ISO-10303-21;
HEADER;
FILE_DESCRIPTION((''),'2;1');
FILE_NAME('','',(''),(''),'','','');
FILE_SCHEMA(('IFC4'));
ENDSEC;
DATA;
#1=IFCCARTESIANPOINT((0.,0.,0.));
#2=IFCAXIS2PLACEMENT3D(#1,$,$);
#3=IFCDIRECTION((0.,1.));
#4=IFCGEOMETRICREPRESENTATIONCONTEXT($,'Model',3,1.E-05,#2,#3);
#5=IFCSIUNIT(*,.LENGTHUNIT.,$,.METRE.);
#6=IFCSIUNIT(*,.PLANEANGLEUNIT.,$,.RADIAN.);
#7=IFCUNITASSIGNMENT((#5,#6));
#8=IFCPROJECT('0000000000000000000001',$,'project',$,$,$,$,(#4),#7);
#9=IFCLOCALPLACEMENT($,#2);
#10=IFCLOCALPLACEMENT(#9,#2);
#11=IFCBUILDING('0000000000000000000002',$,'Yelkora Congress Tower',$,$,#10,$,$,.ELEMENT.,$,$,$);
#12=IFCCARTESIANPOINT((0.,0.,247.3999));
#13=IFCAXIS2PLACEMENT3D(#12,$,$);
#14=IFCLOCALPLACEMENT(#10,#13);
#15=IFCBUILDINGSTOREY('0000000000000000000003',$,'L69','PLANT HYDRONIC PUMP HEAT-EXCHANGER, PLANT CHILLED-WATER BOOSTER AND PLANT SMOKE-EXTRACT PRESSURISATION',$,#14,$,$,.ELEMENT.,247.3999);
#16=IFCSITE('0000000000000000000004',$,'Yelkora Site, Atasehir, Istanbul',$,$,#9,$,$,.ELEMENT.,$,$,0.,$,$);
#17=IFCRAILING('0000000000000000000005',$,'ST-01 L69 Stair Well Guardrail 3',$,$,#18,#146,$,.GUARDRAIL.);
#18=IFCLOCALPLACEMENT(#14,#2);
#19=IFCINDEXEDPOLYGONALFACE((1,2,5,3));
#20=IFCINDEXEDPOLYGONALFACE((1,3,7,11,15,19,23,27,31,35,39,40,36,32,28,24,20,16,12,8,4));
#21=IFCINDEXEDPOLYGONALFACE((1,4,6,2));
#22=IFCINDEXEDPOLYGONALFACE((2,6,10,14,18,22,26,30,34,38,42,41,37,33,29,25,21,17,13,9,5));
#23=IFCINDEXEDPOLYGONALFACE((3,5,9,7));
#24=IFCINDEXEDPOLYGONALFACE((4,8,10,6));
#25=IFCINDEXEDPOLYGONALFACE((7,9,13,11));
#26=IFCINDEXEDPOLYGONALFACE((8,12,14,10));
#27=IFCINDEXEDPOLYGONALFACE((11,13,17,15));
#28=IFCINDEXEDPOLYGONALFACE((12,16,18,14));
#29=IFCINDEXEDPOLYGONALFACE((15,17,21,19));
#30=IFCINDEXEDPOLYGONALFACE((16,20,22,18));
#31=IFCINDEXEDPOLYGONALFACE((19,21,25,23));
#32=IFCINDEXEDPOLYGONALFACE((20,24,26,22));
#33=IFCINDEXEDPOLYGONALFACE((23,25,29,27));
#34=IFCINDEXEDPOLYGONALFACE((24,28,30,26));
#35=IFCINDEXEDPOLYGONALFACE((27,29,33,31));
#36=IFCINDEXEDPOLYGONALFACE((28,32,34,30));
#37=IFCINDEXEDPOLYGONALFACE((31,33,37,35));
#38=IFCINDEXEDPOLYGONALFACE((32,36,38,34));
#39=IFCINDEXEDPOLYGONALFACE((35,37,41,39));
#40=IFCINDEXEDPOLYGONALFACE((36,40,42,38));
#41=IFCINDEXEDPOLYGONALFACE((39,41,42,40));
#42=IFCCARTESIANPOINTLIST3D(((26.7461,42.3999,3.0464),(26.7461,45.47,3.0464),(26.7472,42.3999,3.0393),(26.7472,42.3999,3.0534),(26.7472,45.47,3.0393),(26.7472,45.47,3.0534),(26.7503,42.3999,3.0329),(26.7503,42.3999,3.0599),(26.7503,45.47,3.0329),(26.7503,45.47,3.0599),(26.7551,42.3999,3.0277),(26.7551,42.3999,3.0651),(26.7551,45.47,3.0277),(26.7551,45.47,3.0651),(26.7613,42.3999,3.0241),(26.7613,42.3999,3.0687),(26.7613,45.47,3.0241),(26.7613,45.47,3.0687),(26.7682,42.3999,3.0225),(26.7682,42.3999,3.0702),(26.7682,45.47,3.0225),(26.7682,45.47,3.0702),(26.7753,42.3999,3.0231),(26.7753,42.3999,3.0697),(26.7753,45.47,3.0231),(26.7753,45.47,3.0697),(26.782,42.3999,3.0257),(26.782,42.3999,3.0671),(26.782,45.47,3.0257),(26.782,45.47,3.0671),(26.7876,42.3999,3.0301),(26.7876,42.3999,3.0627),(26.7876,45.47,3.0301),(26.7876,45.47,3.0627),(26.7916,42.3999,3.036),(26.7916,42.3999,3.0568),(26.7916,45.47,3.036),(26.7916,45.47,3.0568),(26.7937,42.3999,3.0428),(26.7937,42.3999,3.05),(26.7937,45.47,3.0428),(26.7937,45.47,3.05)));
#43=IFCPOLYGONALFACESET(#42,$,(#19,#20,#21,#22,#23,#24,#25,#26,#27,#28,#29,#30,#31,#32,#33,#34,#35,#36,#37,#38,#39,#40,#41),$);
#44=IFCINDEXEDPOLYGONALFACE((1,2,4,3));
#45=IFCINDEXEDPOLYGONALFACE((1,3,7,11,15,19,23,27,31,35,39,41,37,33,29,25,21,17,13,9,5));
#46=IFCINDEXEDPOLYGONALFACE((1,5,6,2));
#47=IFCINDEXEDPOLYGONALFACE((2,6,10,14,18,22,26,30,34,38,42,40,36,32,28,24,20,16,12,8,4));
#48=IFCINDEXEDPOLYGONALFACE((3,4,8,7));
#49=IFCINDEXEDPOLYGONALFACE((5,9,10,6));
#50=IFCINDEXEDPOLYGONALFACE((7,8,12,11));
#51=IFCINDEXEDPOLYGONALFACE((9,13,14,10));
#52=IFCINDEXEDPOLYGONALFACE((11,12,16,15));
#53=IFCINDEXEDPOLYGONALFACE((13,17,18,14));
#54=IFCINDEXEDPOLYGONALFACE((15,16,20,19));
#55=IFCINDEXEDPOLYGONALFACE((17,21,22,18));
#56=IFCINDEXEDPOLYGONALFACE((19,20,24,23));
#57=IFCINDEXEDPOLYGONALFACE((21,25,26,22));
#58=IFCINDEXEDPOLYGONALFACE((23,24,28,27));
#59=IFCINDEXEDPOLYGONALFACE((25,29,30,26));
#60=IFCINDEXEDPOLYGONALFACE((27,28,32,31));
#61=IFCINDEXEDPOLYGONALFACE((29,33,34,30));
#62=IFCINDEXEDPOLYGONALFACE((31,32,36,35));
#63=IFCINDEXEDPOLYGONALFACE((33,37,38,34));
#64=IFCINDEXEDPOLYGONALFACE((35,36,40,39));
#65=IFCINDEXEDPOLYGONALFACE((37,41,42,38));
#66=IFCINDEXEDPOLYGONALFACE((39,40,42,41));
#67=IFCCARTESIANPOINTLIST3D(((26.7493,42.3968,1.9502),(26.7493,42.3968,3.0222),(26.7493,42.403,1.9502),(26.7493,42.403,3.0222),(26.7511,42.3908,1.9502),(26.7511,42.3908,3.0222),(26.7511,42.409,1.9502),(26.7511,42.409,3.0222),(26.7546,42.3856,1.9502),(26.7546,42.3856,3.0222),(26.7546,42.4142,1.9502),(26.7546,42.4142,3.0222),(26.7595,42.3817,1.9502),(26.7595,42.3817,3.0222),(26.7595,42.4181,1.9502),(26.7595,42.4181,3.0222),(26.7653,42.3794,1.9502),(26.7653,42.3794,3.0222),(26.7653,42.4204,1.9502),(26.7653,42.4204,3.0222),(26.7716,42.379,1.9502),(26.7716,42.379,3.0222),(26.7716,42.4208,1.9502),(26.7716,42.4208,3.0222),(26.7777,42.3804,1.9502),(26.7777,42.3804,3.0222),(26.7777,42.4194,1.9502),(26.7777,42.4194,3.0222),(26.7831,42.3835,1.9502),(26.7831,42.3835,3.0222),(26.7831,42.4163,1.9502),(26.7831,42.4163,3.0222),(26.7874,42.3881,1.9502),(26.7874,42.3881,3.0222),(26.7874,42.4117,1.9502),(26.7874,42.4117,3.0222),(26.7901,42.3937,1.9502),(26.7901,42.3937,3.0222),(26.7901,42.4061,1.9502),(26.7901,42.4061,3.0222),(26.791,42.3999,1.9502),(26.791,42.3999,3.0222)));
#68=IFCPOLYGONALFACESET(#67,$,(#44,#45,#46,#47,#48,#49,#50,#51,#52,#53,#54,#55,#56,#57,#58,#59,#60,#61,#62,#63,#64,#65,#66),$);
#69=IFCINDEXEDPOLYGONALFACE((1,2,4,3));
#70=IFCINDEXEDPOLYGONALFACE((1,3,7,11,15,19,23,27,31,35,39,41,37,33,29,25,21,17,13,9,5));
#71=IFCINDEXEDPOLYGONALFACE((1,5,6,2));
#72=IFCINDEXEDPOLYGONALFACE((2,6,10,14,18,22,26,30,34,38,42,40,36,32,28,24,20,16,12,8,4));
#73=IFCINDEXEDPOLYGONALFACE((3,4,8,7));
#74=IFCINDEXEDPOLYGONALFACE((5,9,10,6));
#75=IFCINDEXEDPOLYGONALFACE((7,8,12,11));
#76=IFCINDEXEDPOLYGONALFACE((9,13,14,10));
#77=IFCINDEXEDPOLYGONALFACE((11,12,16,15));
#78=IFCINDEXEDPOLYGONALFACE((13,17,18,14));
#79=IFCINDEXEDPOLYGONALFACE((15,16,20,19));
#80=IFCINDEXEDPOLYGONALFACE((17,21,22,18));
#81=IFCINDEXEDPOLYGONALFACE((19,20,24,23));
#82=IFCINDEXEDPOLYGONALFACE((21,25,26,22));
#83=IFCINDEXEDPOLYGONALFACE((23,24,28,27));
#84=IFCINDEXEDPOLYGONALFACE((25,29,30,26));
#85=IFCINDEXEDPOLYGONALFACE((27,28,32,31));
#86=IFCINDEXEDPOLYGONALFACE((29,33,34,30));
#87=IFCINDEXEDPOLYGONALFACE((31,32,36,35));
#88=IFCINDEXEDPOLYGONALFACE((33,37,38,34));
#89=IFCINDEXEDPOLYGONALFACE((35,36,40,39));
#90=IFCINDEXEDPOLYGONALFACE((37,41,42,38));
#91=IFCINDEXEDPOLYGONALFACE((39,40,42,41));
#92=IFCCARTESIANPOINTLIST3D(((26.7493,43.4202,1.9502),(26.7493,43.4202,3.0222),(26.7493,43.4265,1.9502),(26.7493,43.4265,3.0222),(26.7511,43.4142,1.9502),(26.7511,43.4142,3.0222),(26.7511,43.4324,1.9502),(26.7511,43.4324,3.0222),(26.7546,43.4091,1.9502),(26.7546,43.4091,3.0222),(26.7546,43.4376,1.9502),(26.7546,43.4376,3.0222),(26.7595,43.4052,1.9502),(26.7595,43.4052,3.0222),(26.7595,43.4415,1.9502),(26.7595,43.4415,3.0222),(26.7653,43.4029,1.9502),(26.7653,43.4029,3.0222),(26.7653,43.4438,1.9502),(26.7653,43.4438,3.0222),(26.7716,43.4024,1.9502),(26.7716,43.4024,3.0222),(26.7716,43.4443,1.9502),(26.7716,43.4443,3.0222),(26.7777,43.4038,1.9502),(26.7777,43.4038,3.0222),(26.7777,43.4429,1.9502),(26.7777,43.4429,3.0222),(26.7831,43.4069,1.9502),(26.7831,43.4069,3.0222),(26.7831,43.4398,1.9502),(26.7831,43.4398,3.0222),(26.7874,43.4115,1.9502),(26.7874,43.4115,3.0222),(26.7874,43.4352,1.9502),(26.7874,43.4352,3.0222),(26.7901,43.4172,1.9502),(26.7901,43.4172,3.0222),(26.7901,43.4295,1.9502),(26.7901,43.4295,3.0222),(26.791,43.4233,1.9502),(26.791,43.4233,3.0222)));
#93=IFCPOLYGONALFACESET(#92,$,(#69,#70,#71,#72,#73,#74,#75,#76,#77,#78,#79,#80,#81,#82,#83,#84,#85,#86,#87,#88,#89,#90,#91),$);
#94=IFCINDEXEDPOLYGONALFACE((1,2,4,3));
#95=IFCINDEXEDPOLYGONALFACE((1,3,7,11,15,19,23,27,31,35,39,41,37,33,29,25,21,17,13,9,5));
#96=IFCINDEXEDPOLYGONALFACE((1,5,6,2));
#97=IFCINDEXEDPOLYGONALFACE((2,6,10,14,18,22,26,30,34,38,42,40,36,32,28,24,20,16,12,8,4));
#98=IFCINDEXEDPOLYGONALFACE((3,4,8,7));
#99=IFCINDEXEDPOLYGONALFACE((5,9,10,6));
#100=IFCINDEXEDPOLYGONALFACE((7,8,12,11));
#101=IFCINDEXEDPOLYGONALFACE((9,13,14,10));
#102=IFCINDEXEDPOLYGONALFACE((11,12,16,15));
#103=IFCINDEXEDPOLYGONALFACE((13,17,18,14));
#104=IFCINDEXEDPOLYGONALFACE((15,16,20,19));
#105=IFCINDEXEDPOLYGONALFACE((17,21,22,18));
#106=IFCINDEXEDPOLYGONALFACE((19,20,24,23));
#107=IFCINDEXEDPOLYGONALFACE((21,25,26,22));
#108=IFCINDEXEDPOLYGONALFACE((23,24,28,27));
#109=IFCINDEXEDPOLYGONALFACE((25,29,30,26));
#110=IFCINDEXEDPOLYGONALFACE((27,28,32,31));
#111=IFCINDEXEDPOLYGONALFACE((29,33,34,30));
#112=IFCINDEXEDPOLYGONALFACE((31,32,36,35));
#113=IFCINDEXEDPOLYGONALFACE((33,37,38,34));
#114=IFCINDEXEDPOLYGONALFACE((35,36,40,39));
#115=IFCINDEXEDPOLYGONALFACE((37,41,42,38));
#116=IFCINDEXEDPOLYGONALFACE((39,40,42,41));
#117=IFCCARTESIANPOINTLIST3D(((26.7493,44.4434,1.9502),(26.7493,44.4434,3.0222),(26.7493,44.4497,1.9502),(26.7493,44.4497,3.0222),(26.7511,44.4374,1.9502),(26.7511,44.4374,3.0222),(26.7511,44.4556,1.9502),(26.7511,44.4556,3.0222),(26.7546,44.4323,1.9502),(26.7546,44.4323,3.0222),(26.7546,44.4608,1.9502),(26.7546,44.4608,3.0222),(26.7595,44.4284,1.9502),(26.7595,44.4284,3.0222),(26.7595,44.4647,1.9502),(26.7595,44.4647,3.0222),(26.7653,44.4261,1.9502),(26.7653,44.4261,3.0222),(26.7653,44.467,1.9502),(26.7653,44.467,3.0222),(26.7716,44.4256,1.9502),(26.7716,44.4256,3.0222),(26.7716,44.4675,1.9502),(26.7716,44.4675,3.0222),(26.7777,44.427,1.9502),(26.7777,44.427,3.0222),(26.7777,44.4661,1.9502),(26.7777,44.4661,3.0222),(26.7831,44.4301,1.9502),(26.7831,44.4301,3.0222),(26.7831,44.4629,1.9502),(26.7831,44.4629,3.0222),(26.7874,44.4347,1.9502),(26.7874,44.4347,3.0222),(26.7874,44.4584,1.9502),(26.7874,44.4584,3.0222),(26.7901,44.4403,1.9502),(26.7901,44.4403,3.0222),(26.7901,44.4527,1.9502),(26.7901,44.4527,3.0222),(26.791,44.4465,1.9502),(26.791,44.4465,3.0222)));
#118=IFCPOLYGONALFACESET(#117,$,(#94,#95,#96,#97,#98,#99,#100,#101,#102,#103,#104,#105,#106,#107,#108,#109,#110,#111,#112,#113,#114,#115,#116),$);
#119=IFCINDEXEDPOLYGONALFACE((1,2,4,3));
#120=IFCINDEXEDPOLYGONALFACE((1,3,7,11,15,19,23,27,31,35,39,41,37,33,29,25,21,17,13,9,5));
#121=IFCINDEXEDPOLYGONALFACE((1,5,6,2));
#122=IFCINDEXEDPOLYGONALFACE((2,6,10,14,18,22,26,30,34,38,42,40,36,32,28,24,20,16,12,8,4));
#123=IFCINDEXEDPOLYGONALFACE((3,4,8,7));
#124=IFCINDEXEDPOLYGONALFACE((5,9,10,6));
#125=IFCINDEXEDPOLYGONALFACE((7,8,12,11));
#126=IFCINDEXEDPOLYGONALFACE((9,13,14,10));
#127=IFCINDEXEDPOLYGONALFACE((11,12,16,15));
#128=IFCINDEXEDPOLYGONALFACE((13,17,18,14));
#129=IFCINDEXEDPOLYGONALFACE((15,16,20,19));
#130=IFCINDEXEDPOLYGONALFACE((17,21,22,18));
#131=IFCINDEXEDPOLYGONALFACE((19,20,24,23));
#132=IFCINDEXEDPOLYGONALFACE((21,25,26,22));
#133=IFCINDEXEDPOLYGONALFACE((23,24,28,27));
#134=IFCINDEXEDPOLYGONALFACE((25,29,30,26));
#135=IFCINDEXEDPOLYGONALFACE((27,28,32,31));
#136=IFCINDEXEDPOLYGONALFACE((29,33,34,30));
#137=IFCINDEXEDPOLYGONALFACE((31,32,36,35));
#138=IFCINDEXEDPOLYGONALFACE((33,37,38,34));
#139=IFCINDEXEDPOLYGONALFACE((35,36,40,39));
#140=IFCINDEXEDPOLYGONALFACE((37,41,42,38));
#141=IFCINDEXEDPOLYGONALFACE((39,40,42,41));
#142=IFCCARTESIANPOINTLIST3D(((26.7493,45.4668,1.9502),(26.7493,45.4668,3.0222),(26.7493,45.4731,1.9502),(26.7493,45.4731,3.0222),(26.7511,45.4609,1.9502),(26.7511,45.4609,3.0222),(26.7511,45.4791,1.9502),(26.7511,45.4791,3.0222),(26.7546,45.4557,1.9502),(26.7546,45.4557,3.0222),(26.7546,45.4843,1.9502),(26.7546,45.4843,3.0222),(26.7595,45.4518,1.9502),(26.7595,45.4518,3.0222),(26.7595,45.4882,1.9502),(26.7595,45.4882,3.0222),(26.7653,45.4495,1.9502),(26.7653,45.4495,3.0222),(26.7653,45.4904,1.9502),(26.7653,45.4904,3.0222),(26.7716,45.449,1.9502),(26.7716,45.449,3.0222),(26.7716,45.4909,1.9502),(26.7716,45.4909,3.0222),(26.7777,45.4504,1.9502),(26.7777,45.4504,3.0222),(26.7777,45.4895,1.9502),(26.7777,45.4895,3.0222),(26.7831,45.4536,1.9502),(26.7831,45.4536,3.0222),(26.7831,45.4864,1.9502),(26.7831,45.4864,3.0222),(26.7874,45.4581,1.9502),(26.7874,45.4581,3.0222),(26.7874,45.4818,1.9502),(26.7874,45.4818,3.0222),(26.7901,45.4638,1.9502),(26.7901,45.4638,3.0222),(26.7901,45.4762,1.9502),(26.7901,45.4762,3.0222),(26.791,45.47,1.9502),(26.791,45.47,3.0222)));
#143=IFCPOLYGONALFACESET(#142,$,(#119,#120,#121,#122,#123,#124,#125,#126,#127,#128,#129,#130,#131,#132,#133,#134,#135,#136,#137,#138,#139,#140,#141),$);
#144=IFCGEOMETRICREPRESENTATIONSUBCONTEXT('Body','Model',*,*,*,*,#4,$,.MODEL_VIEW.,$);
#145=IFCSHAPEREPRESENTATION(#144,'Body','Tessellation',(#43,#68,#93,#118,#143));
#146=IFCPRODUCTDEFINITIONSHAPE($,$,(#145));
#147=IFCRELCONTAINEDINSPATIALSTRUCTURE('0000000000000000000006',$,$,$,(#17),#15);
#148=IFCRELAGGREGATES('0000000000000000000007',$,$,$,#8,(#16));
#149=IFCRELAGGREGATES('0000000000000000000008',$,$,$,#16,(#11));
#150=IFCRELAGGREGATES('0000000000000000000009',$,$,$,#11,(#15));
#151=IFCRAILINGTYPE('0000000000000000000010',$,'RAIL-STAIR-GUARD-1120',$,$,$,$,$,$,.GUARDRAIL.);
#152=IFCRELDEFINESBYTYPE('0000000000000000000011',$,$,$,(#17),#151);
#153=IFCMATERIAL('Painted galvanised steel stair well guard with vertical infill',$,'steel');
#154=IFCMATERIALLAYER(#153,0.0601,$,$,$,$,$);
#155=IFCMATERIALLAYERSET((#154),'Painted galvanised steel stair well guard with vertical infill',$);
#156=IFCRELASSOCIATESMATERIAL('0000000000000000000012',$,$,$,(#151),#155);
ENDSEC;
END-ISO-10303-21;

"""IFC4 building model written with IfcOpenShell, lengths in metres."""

from ifc_helpers import new_model, si_unit, direction, frame, origin, origin_2d, place, context, subcontext, project, spatial, circle, extrude, material, layer, layer_set, type_object, element, save


model = new_model("IFC4")

# Units and contexts
model_context = context("Model", 3, precision=1e-05, world=origin(), true_north=direction((0.0, 1.0)))
body_context = subcontext(model_context, "Body", "Model", "MODEL_VIEW")
ifc_project = project(units=[si_unit("LENGTHUNIT", "METRE"), si_unit("PLANEANGLEUNIT", "RADIAN")], contexts=[model_context])

# Site, building, storey
site_placement = place(None, origin())
site = spatial("IfcSite", under=ifc_project, at=site_placement, Name="Yelkora Site, Atasehir, Istanbul", CompositionType="ELEMENT", RefElevation=0.0)
building_placement = place(site_placement, origin())
building = spatial("IfcBuilding", under=site, at=building_placement, Name="Yelkora Congress Tower", CompositionType="ELEMENT")
storey_placement = place(building_placement, frame((0.0, 0.0, 247.3999)))
storey = spatial("IfcBuildingStorey", under=building, at=storey_placement, Name="L69", Description="PLANT HYDRONIC PUMP HEAT-EXCHANGER, PLANT CHILLED-WATER BOOSTER AND PLANT SMOKE-EXTRACT PRESSURISATION", CompositionType="ELEMENT", Elevation=247.3999)

# Railing
ifc_material_1 = material(Name="Painted galvanised steel stair well guard with vertical infill", Category="steel")
ifc_layer_1 = layer(ifc_material_1, 0.0601)
ifc_layer_set_1 = layer_set([ifc_layer_1], Name="Painted galvanised steel stair well guard with vertical infill")
railing_type_1 = type_object("IfcRailingType", Name="RAIL-STAIR-GUARD-1120", PredefinedType="GUARDRAIL", material=ifc_layer_set_1)
railing_1_placement = place(storey_placement, frame((26.77, 42.3999, 1.9502)))
element("IfcRailing", 1, at=railing_1_placement, inside=storey, type_object=railing_type_1, Name="ST-01 L69 Stair Well Guardrail 3", PredefinedType="GUARDRAIL", context=body_context, shape_type="SweptSolid", body=[
    extrude(circle(Radius=0.0239, at=origin_2d()), frame((0.0, 0.0, 1.0962), z_axis=(0.0, 1.0, 0.0), x_axis=(-1.0, 0.0, 0.0)), (0.0, 0.0, 1.0), 3.0701),
    extrude(circle(Radius=0.021, at=origin_2d()), origin(), (0.0, 0.0, 1.0), 1.072),
    extrude(circle(Radius=0.021, at=origin_2d()), frame((0.0, 1.0234, 0.0)), (0.0, 0.0, 1.0), 1.072),
    extrude(circle(Radius=0.021, at=origin_2d()), frame((0.0, 2.0466, 0.0)), (0.0, 0.0, 1.0), 1.072),
    extrude(circle(Radius=0.021, at=origin_2d()), frame((0.0, 3.0701, 0.0)), (0.0, 0.0, 1.0), 1.072),
])

save(model, "model.ifc")
